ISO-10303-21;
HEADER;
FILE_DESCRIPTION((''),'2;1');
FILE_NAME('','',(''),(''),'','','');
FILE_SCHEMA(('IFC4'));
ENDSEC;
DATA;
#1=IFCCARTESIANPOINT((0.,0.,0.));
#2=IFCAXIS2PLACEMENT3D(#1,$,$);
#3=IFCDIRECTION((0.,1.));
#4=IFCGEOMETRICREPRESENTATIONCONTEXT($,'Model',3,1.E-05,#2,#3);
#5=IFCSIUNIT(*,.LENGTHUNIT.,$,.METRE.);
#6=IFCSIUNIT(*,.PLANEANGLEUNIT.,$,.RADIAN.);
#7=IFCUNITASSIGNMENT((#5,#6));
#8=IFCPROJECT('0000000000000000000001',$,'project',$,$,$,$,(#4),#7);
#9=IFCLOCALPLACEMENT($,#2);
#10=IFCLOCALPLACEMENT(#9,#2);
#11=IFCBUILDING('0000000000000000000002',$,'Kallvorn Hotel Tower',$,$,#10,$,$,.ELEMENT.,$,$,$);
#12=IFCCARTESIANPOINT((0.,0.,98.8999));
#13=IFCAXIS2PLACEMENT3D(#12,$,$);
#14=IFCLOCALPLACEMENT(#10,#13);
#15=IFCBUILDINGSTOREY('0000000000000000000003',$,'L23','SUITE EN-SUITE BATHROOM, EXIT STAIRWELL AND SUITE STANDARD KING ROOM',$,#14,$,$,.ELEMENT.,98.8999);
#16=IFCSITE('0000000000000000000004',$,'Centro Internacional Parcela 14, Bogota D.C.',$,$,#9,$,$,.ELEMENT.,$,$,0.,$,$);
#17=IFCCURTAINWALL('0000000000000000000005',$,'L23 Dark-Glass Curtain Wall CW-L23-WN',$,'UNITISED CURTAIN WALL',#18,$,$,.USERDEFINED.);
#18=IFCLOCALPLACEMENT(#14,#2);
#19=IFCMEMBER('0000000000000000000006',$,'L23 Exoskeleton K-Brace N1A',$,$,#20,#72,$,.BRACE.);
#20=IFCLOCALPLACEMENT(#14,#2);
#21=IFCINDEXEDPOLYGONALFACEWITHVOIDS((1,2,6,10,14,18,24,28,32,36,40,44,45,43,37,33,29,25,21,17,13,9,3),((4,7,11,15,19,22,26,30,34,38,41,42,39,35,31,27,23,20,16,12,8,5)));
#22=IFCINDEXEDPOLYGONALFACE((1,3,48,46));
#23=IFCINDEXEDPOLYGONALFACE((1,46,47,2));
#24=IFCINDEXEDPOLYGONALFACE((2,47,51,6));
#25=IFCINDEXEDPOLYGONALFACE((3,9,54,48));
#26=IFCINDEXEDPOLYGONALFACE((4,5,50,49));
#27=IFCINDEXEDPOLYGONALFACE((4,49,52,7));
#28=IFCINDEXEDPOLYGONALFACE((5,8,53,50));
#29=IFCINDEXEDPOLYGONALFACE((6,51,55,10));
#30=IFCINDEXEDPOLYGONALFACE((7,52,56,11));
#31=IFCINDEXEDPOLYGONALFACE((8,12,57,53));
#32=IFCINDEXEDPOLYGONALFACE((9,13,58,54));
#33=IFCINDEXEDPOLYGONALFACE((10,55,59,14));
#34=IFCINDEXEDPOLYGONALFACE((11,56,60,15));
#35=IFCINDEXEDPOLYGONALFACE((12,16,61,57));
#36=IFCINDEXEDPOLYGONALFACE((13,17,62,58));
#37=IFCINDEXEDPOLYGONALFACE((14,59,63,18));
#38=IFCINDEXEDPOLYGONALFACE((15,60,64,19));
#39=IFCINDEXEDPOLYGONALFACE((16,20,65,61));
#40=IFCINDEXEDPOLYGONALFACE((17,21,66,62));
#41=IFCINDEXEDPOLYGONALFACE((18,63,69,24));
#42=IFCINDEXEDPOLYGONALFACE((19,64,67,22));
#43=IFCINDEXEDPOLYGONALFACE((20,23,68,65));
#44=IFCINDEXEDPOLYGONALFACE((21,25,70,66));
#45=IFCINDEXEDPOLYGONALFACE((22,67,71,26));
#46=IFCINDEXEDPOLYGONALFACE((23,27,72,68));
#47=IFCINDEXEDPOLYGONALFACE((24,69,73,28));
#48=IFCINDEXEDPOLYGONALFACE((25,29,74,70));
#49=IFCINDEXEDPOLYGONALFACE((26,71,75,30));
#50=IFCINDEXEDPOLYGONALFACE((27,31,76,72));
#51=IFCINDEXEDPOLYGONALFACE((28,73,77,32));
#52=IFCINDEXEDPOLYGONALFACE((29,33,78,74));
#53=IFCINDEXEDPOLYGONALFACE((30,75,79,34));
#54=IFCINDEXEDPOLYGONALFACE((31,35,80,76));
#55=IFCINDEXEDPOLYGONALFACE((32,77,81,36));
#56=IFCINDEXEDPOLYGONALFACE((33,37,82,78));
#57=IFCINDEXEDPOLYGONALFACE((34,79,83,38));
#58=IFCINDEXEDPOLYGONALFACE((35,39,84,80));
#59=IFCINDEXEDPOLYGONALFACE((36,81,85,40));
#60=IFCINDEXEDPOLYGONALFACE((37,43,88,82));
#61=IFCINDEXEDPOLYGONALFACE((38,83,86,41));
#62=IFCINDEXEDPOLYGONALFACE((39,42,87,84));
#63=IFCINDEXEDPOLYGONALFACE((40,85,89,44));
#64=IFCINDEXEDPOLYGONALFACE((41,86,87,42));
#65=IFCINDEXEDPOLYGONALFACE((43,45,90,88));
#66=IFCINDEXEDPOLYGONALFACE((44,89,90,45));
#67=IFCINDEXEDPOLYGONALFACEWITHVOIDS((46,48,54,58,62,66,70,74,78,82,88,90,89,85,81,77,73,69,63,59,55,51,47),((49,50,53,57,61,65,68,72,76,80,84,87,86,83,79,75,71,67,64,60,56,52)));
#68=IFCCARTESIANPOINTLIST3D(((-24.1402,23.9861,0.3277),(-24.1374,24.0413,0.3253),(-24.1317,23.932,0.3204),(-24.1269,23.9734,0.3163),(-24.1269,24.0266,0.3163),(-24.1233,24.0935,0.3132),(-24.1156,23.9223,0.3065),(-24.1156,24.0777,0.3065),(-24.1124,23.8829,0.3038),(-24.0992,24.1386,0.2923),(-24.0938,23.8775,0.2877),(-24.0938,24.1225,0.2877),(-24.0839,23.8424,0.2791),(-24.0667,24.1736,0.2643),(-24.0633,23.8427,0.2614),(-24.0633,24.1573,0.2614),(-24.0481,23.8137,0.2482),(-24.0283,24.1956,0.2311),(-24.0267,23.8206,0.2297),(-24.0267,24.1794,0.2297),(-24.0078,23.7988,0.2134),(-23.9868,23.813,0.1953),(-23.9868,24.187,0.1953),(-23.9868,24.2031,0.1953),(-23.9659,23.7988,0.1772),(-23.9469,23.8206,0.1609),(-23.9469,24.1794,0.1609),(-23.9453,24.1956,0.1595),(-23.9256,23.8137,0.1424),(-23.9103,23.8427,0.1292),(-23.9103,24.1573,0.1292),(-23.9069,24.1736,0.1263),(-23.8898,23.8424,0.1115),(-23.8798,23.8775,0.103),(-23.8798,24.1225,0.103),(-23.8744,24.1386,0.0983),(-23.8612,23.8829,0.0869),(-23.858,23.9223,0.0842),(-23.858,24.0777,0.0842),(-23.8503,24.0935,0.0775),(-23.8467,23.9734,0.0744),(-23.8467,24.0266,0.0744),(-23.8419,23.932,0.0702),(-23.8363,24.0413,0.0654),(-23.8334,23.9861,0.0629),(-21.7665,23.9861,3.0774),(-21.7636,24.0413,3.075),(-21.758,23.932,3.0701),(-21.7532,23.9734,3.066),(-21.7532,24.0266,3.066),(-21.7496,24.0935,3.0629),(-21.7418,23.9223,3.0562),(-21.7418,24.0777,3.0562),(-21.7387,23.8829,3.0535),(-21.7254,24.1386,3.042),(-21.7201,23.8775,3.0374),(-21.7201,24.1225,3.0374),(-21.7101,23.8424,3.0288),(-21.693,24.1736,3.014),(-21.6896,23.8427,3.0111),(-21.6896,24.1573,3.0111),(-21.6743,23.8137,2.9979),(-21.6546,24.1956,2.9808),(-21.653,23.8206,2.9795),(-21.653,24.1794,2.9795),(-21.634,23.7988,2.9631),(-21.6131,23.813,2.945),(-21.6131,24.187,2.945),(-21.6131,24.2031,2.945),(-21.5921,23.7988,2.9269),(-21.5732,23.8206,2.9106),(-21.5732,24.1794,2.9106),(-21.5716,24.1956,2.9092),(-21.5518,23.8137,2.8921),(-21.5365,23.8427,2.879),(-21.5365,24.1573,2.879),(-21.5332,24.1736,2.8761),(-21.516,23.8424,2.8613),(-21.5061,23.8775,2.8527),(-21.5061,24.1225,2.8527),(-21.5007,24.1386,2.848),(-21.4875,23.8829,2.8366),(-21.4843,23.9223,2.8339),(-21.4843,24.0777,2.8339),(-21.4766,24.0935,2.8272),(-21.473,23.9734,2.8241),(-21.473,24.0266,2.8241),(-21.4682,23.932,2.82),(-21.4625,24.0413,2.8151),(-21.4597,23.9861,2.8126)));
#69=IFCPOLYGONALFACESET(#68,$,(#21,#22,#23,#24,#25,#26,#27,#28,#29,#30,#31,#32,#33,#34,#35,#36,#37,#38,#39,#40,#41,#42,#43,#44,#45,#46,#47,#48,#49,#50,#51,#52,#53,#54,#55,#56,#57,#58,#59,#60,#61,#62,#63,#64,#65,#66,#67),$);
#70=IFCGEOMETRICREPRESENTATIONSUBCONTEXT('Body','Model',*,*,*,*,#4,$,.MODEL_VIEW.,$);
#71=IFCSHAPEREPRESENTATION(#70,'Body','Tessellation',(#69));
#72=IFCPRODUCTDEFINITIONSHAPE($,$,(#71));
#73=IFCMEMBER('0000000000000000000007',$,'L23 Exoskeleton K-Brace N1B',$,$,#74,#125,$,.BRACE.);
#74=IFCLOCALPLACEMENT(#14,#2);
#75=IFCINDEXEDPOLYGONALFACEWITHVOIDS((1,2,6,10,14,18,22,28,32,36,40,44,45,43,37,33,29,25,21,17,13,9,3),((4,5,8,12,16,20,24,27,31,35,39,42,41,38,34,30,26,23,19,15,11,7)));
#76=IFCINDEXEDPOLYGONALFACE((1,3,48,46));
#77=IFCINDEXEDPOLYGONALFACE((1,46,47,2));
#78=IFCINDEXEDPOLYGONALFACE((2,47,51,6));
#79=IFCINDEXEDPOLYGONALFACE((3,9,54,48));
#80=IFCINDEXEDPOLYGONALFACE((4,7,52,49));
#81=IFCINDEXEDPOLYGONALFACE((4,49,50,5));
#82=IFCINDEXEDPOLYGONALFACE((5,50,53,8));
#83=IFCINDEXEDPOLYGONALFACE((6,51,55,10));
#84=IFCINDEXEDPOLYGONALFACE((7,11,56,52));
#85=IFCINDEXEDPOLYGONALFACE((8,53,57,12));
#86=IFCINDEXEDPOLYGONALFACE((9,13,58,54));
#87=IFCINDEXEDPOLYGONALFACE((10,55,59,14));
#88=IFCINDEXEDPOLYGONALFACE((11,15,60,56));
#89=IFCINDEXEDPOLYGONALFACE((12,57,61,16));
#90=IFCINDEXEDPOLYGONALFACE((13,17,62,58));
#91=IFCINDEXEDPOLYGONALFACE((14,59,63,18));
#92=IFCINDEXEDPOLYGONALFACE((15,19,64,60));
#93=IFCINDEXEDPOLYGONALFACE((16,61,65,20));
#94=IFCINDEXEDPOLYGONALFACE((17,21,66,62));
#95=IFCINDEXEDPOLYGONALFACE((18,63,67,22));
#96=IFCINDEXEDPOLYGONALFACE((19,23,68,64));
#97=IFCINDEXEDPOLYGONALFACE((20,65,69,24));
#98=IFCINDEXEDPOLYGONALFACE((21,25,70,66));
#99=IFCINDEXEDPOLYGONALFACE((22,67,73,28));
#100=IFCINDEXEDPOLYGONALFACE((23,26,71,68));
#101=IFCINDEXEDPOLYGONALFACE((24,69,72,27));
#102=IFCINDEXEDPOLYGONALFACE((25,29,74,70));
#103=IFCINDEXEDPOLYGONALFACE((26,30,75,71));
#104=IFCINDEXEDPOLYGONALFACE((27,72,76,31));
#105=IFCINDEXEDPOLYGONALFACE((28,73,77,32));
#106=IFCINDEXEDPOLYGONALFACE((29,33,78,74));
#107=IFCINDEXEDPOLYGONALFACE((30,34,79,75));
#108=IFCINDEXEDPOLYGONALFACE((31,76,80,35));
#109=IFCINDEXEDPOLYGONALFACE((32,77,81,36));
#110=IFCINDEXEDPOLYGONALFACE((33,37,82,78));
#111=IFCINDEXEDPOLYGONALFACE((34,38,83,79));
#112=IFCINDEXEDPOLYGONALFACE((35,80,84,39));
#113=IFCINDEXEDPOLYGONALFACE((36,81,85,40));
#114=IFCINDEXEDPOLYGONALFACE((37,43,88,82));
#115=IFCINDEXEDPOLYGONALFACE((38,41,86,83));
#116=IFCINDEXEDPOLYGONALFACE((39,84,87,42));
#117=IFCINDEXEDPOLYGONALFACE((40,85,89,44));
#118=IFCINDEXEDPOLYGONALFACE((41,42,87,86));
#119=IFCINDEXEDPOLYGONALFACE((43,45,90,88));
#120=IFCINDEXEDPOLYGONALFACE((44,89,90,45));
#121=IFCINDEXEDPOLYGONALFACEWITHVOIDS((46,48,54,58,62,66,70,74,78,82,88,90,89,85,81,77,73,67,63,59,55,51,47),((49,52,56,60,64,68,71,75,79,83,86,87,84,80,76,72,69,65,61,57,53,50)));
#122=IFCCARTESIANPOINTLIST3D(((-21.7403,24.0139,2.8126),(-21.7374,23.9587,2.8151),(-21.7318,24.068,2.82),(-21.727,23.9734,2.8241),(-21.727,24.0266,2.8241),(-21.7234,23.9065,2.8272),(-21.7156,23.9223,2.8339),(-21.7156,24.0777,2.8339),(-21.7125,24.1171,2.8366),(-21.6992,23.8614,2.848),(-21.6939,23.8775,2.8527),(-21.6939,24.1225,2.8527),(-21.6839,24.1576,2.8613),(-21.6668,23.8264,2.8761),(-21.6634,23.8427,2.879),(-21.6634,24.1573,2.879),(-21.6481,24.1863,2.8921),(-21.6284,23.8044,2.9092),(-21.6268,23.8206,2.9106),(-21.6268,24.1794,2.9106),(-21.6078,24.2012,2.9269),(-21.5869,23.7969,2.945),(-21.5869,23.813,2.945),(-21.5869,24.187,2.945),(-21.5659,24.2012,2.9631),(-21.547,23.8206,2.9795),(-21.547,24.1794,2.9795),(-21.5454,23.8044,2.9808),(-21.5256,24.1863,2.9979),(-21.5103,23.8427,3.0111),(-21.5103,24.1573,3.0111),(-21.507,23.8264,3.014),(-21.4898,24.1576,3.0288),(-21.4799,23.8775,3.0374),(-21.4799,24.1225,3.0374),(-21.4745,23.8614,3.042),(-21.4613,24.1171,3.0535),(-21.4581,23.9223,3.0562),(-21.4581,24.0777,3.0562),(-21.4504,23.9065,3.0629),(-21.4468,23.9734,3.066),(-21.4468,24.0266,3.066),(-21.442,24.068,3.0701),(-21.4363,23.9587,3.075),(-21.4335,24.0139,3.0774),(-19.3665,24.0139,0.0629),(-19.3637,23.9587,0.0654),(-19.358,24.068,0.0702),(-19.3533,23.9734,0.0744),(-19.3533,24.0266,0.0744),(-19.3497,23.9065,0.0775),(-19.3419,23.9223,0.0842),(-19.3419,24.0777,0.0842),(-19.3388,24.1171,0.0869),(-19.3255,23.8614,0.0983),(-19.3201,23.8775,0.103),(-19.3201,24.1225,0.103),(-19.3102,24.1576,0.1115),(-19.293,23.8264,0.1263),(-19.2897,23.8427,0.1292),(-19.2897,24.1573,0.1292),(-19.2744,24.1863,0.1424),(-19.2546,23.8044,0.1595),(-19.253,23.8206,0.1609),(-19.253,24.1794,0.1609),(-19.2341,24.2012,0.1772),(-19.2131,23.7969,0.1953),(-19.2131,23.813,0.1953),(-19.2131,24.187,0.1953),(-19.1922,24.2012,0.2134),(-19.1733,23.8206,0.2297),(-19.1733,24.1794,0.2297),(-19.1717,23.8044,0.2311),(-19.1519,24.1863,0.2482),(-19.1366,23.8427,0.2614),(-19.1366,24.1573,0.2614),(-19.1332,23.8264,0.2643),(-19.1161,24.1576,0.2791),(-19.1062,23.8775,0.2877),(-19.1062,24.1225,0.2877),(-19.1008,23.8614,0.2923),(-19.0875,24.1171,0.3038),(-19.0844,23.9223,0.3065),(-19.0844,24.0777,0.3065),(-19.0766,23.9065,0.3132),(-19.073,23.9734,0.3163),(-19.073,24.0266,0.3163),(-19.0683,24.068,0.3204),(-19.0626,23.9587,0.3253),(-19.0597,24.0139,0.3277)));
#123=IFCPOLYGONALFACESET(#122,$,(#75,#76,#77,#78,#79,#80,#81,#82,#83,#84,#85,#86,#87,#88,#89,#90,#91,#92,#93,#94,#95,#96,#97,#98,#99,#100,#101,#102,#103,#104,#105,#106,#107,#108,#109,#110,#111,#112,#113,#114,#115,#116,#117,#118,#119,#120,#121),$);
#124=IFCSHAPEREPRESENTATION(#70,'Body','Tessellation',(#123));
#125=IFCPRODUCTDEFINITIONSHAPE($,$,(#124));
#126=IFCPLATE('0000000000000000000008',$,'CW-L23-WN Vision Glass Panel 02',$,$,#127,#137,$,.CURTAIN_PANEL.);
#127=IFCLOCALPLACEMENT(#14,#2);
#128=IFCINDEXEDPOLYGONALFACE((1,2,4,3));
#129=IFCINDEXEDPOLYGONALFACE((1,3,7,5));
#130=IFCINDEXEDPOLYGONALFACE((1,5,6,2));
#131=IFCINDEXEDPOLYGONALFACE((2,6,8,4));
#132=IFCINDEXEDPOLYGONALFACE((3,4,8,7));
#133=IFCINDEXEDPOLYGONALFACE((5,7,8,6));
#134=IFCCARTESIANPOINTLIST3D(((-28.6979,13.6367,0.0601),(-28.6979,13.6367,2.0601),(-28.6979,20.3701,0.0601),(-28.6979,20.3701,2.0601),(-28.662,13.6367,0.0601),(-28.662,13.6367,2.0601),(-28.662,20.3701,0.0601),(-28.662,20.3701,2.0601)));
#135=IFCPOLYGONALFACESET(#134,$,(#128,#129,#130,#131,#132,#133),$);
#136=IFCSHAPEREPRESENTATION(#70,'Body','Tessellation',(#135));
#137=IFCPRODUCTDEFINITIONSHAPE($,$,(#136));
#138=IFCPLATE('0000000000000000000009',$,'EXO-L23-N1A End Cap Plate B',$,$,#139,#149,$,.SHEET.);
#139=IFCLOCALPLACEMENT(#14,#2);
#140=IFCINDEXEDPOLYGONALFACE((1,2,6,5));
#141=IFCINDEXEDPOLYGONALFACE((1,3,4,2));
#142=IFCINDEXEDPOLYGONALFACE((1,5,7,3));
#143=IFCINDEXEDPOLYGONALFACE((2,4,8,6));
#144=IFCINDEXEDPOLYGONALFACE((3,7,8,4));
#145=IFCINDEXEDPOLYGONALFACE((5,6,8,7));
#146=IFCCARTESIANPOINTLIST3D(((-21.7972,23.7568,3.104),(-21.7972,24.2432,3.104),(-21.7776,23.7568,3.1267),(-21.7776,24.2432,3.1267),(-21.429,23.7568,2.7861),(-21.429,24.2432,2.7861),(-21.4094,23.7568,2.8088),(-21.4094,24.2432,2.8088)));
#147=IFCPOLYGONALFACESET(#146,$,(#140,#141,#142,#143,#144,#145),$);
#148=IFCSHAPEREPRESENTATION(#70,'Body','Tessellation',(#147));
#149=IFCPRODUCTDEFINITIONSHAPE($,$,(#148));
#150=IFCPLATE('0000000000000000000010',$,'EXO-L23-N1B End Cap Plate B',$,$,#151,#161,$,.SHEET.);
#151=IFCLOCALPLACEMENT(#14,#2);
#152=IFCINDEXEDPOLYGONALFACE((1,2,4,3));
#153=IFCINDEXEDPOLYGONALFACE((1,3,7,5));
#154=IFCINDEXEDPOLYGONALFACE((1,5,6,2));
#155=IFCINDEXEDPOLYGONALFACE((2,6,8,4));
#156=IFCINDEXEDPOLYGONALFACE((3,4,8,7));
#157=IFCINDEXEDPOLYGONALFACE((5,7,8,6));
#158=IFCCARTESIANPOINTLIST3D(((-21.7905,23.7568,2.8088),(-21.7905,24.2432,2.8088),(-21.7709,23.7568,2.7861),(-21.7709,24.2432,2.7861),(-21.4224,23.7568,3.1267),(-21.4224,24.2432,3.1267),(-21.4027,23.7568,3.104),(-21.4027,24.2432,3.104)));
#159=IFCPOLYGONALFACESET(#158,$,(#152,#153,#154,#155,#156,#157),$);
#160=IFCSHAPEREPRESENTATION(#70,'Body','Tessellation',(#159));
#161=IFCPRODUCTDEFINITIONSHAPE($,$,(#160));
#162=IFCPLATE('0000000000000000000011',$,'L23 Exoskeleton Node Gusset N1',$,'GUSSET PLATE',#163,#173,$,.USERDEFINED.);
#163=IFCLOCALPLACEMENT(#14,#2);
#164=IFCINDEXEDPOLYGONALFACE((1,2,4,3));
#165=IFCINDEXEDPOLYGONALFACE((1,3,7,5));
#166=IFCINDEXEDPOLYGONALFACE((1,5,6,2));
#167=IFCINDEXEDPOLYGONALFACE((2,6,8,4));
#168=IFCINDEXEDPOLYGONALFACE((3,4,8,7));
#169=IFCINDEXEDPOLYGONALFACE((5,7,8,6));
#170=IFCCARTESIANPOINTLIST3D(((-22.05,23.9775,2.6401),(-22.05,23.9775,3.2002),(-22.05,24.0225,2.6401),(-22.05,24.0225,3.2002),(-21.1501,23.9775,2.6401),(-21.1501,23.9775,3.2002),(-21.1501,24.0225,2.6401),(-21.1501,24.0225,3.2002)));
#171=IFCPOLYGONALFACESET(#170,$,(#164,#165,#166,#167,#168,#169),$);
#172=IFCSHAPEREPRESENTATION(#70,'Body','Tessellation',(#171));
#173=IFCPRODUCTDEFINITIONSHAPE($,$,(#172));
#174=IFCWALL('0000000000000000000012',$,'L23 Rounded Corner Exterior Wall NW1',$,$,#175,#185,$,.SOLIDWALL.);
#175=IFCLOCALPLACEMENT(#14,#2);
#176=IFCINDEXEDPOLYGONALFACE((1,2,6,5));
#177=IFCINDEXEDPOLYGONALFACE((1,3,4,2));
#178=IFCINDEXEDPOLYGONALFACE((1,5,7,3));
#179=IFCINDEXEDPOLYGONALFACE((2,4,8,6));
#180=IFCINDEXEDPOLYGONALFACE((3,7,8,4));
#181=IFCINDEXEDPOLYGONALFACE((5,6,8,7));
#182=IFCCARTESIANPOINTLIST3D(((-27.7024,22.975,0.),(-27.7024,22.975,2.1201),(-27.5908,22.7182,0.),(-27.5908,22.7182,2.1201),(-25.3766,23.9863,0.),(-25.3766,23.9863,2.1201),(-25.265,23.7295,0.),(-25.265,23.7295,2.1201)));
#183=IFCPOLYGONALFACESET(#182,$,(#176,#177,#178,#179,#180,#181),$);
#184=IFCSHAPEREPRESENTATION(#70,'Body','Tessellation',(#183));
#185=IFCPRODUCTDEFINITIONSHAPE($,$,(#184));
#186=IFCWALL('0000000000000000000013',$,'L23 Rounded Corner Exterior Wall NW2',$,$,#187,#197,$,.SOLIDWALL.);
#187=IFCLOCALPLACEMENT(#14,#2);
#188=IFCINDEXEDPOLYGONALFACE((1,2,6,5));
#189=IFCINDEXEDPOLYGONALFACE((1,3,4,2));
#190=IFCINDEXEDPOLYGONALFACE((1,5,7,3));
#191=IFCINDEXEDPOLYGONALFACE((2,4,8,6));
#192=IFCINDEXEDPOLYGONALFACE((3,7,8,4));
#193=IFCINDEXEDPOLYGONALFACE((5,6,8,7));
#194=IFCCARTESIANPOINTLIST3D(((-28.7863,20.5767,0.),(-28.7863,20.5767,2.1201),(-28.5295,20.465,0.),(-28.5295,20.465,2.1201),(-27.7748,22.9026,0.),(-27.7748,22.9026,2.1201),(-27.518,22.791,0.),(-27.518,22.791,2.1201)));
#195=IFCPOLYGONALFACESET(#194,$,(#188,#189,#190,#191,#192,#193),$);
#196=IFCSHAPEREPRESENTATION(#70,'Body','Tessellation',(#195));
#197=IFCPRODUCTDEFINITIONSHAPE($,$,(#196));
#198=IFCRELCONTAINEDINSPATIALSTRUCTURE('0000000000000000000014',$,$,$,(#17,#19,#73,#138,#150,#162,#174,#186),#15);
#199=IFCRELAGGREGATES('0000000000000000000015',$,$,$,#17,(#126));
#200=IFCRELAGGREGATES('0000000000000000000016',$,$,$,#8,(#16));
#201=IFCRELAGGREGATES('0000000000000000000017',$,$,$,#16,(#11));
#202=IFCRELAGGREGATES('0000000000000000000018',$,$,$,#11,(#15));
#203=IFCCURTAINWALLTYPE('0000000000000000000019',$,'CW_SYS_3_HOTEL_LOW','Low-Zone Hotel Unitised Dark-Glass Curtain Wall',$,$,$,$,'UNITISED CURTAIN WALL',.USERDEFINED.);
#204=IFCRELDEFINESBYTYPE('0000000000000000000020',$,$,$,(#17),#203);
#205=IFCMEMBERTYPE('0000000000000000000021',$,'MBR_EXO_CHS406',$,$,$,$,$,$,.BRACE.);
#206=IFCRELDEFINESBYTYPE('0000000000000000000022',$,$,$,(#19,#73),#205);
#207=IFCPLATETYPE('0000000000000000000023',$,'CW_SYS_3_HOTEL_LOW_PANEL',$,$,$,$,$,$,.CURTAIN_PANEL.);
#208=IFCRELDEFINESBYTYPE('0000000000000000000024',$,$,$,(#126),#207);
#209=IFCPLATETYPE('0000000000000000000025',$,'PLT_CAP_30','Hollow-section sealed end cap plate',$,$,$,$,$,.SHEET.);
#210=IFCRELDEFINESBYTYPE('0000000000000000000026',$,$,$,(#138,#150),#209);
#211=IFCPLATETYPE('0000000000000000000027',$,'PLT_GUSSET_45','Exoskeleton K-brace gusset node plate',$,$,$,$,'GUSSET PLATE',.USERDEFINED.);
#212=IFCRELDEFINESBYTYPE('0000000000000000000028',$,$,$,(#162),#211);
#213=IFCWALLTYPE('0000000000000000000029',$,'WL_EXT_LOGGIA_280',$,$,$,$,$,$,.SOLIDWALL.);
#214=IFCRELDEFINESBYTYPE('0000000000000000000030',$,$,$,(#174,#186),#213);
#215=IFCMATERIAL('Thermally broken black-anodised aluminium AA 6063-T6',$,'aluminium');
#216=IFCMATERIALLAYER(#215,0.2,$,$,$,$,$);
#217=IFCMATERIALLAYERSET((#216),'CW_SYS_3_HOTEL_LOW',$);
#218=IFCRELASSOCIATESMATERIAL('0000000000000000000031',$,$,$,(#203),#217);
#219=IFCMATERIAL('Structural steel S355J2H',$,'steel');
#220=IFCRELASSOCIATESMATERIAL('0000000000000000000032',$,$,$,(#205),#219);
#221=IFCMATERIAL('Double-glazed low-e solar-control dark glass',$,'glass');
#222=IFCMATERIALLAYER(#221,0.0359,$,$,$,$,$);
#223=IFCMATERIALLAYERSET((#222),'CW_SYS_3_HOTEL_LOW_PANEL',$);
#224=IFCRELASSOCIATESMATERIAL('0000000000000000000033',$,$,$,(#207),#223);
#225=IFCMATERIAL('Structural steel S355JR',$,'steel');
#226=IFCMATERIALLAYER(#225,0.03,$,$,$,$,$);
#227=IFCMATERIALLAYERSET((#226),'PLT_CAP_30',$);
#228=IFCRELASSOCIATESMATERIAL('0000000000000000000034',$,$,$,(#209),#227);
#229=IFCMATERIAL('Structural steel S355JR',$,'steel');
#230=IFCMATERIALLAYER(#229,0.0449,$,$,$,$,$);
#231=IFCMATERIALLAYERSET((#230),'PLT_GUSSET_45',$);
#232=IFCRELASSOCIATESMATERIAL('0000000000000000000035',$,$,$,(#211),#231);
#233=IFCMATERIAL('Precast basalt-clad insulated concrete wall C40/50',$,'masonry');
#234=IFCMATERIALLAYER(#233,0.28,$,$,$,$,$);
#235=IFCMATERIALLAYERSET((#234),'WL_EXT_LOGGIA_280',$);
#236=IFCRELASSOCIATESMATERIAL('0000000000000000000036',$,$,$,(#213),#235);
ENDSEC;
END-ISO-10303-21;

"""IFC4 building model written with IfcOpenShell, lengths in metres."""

from ifc_helpers import new_model, si_unit, direction, frame, frame_2d, origin, origin_2d, place, context, subcontext, project, spatial, polyline, rectangle, hollow_circle, outline, extrude, material, layer, layer_set, material_profile, profile_set, type_object, element, aggregate, save


model = new_model("IFC4")

# Units and contexts
model_context = context("Model", 3, precision=1e-05, world=origin(), true_north=direction((0.0, 1.0)))
body_context = subcontext(model_context, "Body", "Model", "MODEL_VIEW")
ifc_project = project(units=[si_unit("LENGTHUNIT", "METRE"), si_unit("PLANEANGLEUNIT", "RADIAN")], contexts=[model_context])

# Site, building, storey
site_placement = place(None, origin())
site = spatial("IfcSite", under=ifc_project, at=site_placement, Name="Centro Internacional Parcela 14, Bogota D.C.", CompositionType="ELEMENT", RefElevation=0.0)
building_placement = place(site_placement, origin())
building = spatial("IfcBuilding", under=site, at=building_placement, Name="Kallvorn Hotel Tower", CompositionType="ELEMENT")
storey_placement = place(building_placement, frame((0.0, 0.0, 98.8999)))
storey = spatial("IfcBuildingStorey", under=building, at=storey_placement, Name="L23", Description="SUITE EN-SUITE BATHROOM, EXIT STAIRWELL AND SUITE STANDARD KING ROOM", CompositionType="ELEMENT", Elevation=98.8999)

# Curtain wall
ifc_material_1 = material(Name="Thermally broken black-anodised aluminium AA 6063-T6", Category="aluminium")
ifc_layer_1 = layer(ifc_material_1, 0.2)
ifc_layer_set_1 = layer_set([ifc_layer_1], Name="CW_SYS_3_HOTEL_LOW")
curtain_wall_type = type_object("IfcCurtainWallType", Name="CW_SYS_3_HOTEL_LOW", Description="Low-Zone Hotel Unitised Dark-Glass Curtain Wall", ElementType="UNITISED CURTAIN WALL", PredefinedType="USERDEFINED", material=ifc_layer_set_1)
curtain_wall_placement = place(storey_placement, origin())
curtain_wall = element("IfcCurtainWall", 1, at=curtain_wall_placement, inside=storey, type_object=curtain_wall_type, Name="L23 Dark-Glass Curtain Wall CW-L23-WN", ObjectType="UNITISED CURTAIN WALL", PredefinedType="USERDEFINED")

# Members
ifc_material_2 = material(Name="Structural steel S355J2H", Category="steel")
ifc_material_profile_1 = material_profile(ifc_material_2, hollow_circle(Radius=0.2031, WallThickness=0.0161, at=origin_2d()), Name="CHS 406.4x16")
ifc_profile_set_1 = profile_set([ifc_material_profile_1], Name="Structural steel S355J2H")
member_type_1 = type_object("IfcMemberType", Name="MBR_EXO_CHS406", PredefinedType="BRACE", material=ifc_profile_set_1)
for number, where, z_axis, x_axis, name in (
    (2, (-23.9868, 24.0, 0.1953), (0.653461, 0.0, 0.756961), (0.0, 1.0, 0.0), "L23 Exoskeleton K-Brace N1A"),
    (3, (-19.2131, 24.0, 0.1953), (-0.653461, 0.0, 0.756961), (0.0, -1.0, 0.0), "L23 Exoskeleton K-Brace N1B"),
):
    element("IfcMember", number, at=place(storey_placement, frame(where, z_axis=z_axis, x_axis=x_axis)), inside=storey, type_object=member_type_1, Name=name, PredefinedType="BRACE", context=body_context, shape_type="SweptSolid", body=[
        extrude(hollow_circle(Radius=0.2031, WallThickness=0.0161, at=origin_2d()), origin(), (0.0, 0.0, 1.0), 3.6326),
    ])

# Plate
ifc_material_3 = material(Name="Double-glazed low-e solar-control dark glass", Category="glass")
ifc_layer_2 = layer(ifc_material_3, 0.0359)
ifc_layer_set_2 = layer_set([ifc_layer_2], Name="CW_SYS_3_HOTEL_LOW_PANEL")
plate_type_1 = type_object("IfcPlateType", Name="CW_SYS_3_HOTEL_LOW_PANEL", PredefinedType="CURTAIN_PANEL", material=ifc_layer_set_2)
plate_1_placement = place(storey_placement, frame((-28.6799, 17.0034, 0.0601), z_axis=(0.0, 0.0, 1.0), x_axis=(0.0, 1.0, 0.0)))
plate_1 = element("IfcPlate", 4, at=plate_1_placement, type_object=plate_type_1, Name="CW-L23-WN Vision Glass Panel 02", PredefinedType="CURTAIN_PANEL", context=body_context, shape_type="SweptSolid", body=[
    extrude(rectangle(XDim=6.7334, YDim=0.0359, at=origin_2d()), origin(), (0.0, 0.0, 1.0), 2.0),
])
aggregate(curtain_wall, [plate_1])

# Plates
ifc_material_4 = material(Name="Structural steel S355JR", Category="steel")
ifc_layer_3 = layer(ifc_material_4, 0.03)
ifc_layer_set_3 = layer_set([ifc_layer_3], Name="PLT_CAP_30")
plate_type_2 = type_object("IfcPlateType", Name="PLT_CAP_30", Description="Hollow-section sealed end cap plate", PredefinedType="SHEET", material=ifc_layer_set_3)
for number, where, z_axis, x_axis, name in (
    (5, (-21.4094, 23.7568, 2.8088), (0.653515, 0.0, 0.756913), (0.0, 1.0, 0.0), "EXO-L23-N1A End Cap Plate B"),
    (6, (-21.7905, 24.2432, 2.8088), (-0.653515, 0.0, 0.756913), (0.0, -1.0, 0.0), "EXO-L23-N1B End Cap Plate B"),
):
    element("IfcPlate", number, at=place(storey_placement, frame(where, z_axis=z_axis, x_axis=x_axis)), inside=storey, type_object=plate_type_2, Name=name, PredefinedType="SHEET", context=body_context, shape_type="SweptSolid", body=[
        extrude(outline(polyline([(0.0, 0.0), (0.4863, 0.0), (0.4863, 0.4864), (0.0, 0.4864), (0.0, 0.0)])), origin(), (0.0, 0.0, -1.0), 0.03),
    ])
ifc_material_5 = material(Name="Structural steel S355JR", Category="steel")
ifc_layer_4 = layer(ifc_material_5, 0.0449)
ifc_layer_set_4 = layer_set([ifc_layer_4], Name="PLT_GUSSET_45")
plate_type_3 = type_object("IfcPlateType", Name="PLT_GUSSET_45", Description="Exoskeleton K-brace gusset node plate", ElementType="GUSSET PLATE", PredefinedType="USERDEFINED", material=ifc_layer_set_4)
plate_2_placement = place(storey_placement, frame((-21.6001, 24.0, 2.6401), z_axis=(0.0, 0.0, 1.0), x_axis=(1.0, 0.0, 0.0)))
element("IfcPlate", 7, at=plate_2_placement, inside=storey, type_object=plate_type_3, Name="L23 Exoskeleton Node Gusset N1", ObjectType="GUSSET PLATE", PredefinedType="USERDEFINED", context=body_context, shape_type="SweptSolid", body=[
    extrude(rectangle(XDim=0.8999, YDim=0.0449, at=origin_2d()), origin(), (0.0, 0.0, 1.0), 0.5601),
])

# Walls
ifc_material_6 = material(Name="Precast basalt-clad insulated concrete wall C40/50", Category="masonry")
ifc_layer_5 = layer(ifc_material_6, 0.28)
ifc_layer_set_5 = layer_set([ifc_layer_5], Name="WL_EXT_LOGGIA_280")
wall_type = type_object("IfcWallType", Name="WL_EXT_LOGGIA_280", PredefinedType="SOLIDWALL", material=ifc_layer_set_5)
wall_1_placement = place(storey_placement, frame((-25.3208, 23.8579, 0.0), z_axis=(0.0, 0.0, 1.0), x_axis=(-0.917061, -0.398747, 0.0)))
element("IfcWall", 8, at=wall_1_placement, inside=storey, type_object=wall_type, Name="L23 Rounded Corner Exterior Wall NW1", PredefinedType="SOLIDWALL", context=body_context, shape_type="SweptSolid", body=[
    extrude(rectangle(XDim=2.5361, YDim=0.28, at=frame_2d((1.2681, 0.0))), origin(), (0.0, 0.0, 1.0), 2.1201),
])
wall_2_placement = place(storey_placement, frame((-27.6465, 22.8467, 0.0), z_axis=(0.0, 0.0, 1.0), x_axis=(-0.398793, -0.917041, 0.0)))
element("IfcWall", 9, at=wall_2_placement, inside=storey, type_object=wall_type, Name="L23 Rounded Corner Exterior Wall NW2", PredefinedType="SOLIDWALL", context=body_context, shape_type="SweptSolid", body=[
    extrude(rectangle(XDim=2.5364, YDim=0.28, at=frame_2d((1.2681, 0.0))), origin(), (0.0, 0.0, 1.0), 2.1201),
])

save(model, "model.ifc")
